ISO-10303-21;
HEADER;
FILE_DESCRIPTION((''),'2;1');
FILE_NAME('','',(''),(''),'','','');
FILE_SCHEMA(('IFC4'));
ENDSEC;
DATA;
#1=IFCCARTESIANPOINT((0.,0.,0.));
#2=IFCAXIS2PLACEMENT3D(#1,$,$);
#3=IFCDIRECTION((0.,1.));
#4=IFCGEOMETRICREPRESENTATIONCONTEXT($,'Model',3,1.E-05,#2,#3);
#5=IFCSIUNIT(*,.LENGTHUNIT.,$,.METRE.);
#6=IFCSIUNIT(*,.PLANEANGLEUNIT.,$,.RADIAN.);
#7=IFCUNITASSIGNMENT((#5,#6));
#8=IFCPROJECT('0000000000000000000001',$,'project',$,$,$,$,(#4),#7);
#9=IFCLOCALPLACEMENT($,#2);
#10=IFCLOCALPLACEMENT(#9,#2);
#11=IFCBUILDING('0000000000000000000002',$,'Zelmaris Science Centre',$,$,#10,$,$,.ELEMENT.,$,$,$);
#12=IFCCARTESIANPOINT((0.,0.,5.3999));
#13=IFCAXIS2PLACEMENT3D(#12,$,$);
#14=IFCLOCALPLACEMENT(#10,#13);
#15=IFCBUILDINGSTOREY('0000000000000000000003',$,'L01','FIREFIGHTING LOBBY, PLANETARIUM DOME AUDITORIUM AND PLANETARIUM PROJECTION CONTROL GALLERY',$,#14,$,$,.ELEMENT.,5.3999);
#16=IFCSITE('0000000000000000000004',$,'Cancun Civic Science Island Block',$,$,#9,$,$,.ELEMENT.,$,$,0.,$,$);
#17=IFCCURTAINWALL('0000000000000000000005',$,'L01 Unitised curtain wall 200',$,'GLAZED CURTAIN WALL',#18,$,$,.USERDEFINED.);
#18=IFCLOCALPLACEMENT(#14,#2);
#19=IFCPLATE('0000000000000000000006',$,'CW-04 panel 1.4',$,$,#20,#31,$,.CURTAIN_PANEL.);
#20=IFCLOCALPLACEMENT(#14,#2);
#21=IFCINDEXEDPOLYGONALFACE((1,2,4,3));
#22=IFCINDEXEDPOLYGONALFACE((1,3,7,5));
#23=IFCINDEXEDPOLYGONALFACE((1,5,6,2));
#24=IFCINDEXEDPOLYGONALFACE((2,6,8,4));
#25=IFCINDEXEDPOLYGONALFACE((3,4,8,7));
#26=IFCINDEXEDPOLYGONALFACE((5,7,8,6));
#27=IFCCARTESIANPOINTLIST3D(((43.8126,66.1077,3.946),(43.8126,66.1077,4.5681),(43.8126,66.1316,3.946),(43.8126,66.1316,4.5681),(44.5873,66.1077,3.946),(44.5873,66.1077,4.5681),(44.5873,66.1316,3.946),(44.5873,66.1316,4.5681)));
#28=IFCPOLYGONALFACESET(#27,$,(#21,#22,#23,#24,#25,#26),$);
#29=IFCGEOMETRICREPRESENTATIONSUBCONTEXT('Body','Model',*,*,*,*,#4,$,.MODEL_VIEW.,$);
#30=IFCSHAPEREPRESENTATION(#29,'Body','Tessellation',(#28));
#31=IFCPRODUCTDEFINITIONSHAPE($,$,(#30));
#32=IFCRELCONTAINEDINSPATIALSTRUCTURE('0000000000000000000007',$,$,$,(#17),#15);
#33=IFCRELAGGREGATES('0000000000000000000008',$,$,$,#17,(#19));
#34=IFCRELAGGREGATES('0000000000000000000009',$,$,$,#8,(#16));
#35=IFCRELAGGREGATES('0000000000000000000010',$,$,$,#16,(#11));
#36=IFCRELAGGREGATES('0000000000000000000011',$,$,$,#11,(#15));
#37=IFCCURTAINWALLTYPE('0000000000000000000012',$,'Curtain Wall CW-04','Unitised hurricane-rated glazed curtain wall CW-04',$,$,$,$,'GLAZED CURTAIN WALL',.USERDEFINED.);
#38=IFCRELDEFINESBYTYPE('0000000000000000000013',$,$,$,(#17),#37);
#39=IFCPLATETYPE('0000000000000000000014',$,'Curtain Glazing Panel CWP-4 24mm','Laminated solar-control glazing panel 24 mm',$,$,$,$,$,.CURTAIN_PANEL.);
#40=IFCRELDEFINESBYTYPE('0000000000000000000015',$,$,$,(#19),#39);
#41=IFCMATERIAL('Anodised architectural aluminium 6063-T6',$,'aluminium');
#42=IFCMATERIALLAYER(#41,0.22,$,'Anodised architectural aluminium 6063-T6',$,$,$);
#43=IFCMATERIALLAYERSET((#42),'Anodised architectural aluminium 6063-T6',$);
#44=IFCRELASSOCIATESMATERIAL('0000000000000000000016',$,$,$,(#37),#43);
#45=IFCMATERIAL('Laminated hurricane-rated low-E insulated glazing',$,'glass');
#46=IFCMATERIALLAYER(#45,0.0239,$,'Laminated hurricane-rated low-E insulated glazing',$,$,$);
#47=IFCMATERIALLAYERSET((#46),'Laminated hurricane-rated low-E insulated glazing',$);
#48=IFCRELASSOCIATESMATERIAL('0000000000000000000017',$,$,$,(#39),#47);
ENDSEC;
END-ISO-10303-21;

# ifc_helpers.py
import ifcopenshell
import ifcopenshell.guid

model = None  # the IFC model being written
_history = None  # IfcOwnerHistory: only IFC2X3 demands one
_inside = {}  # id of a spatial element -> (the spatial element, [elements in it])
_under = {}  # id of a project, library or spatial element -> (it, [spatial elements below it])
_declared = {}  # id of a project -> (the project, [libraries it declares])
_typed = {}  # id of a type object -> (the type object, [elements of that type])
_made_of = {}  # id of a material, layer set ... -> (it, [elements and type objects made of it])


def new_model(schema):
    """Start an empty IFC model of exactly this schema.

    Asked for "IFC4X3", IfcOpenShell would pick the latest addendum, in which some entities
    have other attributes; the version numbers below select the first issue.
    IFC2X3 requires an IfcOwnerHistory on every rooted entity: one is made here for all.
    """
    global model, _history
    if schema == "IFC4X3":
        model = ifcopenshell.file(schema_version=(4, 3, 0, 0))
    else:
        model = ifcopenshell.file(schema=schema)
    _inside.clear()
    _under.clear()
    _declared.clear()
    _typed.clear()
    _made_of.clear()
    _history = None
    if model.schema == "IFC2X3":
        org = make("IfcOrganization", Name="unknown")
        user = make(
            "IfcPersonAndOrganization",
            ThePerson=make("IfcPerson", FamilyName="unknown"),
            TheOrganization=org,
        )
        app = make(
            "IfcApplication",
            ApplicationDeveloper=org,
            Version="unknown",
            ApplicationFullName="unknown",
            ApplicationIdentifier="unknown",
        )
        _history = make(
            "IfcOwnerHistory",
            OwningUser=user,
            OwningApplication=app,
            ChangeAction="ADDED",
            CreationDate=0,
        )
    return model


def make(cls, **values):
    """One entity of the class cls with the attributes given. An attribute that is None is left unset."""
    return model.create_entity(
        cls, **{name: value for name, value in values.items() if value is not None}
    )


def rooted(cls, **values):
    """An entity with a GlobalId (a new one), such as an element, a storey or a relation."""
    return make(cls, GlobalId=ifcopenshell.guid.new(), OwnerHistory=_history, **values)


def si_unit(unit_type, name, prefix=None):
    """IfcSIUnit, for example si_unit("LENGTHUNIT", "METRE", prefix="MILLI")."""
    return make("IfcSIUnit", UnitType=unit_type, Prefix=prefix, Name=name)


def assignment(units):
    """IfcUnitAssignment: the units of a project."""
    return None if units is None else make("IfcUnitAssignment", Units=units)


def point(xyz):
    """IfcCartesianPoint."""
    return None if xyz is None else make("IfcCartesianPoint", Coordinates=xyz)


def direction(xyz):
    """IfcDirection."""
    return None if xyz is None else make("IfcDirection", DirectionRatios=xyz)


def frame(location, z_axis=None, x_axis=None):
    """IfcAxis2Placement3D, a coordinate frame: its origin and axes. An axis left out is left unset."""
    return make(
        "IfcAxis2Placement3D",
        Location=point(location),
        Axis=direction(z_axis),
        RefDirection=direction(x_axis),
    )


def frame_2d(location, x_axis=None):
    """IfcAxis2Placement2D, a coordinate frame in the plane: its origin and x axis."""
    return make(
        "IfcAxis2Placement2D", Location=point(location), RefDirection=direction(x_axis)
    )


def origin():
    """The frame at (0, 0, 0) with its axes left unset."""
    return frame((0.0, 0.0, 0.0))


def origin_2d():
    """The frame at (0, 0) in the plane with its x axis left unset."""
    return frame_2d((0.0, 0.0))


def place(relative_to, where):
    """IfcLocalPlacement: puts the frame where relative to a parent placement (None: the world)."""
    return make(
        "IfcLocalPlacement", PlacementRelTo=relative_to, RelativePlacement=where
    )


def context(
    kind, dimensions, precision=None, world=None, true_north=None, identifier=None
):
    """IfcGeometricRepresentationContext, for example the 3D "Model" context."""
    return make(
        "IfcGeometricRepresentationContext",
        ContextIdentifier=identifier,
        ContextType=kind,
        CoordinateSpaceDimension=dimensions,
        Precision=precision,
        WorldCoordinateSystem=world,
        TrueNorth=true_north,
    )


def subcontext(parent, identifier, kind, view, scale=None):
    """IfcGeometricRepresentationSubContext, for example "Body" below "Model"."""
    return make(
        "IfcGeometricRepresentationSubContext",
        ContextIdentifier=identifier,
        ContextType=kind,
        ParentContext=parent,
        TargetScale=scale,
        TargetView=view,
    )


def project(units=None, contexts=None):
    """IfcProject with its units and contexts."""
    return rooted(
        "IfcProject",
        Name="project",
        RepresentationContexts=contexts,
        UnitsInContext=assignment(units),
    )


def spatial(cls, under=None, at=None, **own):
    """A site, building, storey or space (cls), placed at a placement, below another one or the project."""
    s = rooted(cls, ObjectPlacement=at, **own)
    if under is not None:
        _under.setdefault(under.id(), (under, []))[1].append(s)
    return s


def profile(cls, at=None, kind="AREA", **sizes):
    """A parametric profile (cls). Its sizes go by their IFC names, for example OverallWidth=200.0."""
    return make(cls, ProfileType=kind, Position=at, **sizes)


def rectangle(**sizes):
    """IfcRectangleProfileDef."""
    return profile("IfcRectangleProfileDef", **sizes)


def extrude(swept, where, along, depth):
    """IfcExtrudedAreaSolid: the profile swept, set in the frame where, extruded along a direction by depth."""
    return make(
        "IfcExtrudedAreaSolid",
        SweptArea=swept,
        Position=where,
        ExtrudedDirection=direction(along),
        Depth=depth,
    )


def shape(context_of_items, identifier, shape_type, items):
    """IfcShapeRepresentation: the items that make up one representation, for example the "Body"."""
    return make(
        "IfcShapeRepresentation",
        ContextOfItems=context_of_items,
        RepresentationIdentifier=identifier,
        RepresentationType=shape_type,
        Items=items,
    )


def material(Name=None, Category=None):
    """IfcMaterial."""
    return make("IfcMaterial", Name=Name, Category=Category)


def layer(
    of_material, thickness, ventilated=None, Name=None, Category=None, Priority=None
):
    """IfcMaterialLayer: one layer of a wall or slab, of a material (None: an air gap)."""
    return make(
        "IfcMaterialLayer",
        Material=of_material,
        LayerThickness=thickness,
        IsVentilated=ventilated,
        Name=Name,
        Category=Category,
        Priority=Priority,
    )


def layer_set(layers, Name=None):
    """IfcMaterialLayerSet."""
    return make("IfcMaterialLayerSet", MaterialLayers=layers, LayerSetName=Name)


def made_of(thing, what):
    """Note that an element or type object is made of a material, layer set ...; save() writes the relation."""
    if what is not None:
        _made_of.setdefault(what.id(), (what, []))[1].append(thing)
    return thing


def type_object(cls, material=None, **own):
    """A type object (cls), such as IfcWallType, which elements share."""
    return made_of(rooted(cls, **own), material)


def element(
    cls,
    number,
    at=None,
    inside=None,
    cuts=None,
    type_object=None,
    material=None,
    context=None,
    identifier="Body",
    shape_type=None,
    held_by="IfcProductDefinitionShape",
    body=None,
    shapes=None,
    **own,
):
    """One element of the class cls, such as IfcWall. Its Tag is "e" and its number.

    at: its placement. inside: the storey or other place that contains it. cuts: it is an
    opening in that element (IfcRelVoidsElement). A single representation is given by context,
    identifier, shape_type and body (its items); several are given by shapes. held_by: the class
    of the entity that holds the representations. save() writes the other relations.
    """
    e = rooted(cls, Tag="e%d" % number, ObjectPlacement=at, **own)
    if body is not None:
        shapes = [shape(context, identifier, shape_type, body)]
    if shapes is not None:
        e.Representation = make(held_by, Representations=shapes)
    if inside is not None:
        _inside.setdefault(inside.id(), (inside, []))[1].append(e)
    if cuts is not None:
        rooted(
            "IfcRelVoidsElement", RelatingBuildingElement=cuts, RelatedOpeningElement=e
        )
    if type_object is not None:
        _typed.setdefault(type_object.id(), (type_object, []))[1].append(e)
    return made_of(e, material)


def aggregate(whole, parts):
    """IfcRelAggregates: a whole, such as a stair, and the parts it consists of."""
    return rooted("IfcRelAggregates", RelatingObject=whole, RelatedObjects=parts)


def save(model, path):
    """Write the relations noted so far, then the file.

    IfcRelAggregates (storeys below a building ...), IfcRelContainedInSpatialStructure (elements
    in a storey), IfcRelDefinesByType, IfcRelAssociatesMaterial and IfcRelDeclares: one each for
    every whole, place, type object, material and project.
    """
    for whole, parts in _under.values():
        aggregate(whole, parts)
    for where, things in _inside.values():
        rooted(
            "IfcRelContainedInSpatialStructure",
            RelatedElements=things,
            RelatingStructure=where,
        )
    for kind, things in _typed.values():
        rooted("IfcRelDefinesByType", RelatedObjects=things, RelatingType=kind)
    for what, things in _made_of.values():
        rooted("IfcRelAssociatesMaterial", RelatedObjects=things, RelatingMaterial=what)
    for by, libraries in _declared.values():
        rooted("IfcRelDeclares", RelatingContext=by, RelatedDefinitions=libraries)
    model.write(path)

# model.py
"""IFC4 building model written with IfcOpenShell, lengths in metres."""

from ifc_helpers import new_model, si_unit, direction, frame, origin, origin_2d, place, context, subcontext, project, spatial, rectangle, extrude, material, layer, layer_set, type_object, element, aggregate, save


model = new_model("IFC4")

# Units and contexts
model_context = context("Model", 3, precision=1e-05, world=origin(), true_north=direction((0.0, 1.0)))
body_context = subcontext(model_context, "Body", "Model", "MODEL_VIEW")
ifc_project = project(units=[si_unit("LENGTHUNIT", "METRE"), si_unit("PLANEANGLEUNIT", "RADIAN")], contexts=[model_context])

# Site, building, storey
site_placement = place(None, origin())
site = spatial("IfcSite", under=ifc_project, at=site_placement, Name="Cancun Civic Science Island Block", CompositionType="ELEMENT", RefElevation=0.0)
building_placement = place(site_placement, origin())
building = spatial("IfcBuilding", under=site, at=building_placement, Name="Zelmaris Science Centre", CompositionType="ELEMENT")
storey_placement = place(building_placement, frame((0.0, 0.0, 5.3999)))
storey = spatial("IfcBuildingStorey", under=building, at=storey_placement, Name="L01", Description="FIREFIGHTING LOBBY, PLANETARIUM DOME AUDITORIUM AND PLANETARIUM PROJECTION CONTROL GALLERY", CompositionType="ELEMENT", Elevation=5.3999)

# Curtain wall
ifc_material_1 = material(Name="Anodised architectural aluminium 6063-T6", Category="aluminium")
ifc_layer_1 = layer(ifc_material_1, 0.22, Name="Anodised architectural aluminium 6063-T6")
ifc_layer_set_1 = layer_set([ifc_layer_1], Name="Anodised architectural aluminium 6063-T6")
curtain_wall_type_1 = type_object("IfcCurtainWallType", Name="Curtain Wall CW-04", Description="Unitised hurricane-rated glazed curtain wall CW-04", ElementType="GLAZED CURTAIN WALL", PredefinedType="USERDEFINED", material=ifc_layer_set_1)
curtain_wall_1_placement = place(storey_placement, origin())
curtain_wall_1 = element("IfcCurtainWall", 1, at=curtain_wall_1_placement, inside=storey, type_object=curtain_wall_type_1, Name="L01 Unitised curtain wall 200", ObjectType="GLAZED CURTAIN WALL", PredefinedType="USERDEFINED")

# Plate
ifc_material_2 = material(Name="Laminated hurricane-rated low-E insulated glazing", Category="glass")
ifc_layer_2 = layer(ifc_material_2, 0.0239, Name="Laminated hurricane-rated low-E insulated glazing")
ifc_layer_set_2 = layer_set([ifc_layer_2], Name="Laminated hurricane-rated low-E insulated glazing")
plate_type_1 = type_object("IfcPlateType", Name="Curtain Glazing Panel CWP-4 24mm", Description="Laminated solar-control glazing panel 24 mm", PredefinedType="CURTAIN_PANEL", material=ifc_layer_set_2)
plate_1_placement = place(storey_placement, frame((44.2, 66.1196, 3.946), z_axis=(0.0, 0.0, 1.0), x_axis=(-1.0, 0.0, 0.0)))
plate_1 = element("IfcPlate", 2, at=plate_1_placement, type_object=plate_type_1, Name="CW-04 panel 1.4", PredefinedType="CURTAIN_PANEL", context=body_context, shape_type="SweptSolid", body=[
    extrude(rectangle(XDim=0.7747, YDim=0.0239, at=origin_2d()), origin(), (0.0, 0.0, 1.0), 0.6221),
])
aggregate(curtain_wall_1, [plate_1])

save(model, "model.ifc")
